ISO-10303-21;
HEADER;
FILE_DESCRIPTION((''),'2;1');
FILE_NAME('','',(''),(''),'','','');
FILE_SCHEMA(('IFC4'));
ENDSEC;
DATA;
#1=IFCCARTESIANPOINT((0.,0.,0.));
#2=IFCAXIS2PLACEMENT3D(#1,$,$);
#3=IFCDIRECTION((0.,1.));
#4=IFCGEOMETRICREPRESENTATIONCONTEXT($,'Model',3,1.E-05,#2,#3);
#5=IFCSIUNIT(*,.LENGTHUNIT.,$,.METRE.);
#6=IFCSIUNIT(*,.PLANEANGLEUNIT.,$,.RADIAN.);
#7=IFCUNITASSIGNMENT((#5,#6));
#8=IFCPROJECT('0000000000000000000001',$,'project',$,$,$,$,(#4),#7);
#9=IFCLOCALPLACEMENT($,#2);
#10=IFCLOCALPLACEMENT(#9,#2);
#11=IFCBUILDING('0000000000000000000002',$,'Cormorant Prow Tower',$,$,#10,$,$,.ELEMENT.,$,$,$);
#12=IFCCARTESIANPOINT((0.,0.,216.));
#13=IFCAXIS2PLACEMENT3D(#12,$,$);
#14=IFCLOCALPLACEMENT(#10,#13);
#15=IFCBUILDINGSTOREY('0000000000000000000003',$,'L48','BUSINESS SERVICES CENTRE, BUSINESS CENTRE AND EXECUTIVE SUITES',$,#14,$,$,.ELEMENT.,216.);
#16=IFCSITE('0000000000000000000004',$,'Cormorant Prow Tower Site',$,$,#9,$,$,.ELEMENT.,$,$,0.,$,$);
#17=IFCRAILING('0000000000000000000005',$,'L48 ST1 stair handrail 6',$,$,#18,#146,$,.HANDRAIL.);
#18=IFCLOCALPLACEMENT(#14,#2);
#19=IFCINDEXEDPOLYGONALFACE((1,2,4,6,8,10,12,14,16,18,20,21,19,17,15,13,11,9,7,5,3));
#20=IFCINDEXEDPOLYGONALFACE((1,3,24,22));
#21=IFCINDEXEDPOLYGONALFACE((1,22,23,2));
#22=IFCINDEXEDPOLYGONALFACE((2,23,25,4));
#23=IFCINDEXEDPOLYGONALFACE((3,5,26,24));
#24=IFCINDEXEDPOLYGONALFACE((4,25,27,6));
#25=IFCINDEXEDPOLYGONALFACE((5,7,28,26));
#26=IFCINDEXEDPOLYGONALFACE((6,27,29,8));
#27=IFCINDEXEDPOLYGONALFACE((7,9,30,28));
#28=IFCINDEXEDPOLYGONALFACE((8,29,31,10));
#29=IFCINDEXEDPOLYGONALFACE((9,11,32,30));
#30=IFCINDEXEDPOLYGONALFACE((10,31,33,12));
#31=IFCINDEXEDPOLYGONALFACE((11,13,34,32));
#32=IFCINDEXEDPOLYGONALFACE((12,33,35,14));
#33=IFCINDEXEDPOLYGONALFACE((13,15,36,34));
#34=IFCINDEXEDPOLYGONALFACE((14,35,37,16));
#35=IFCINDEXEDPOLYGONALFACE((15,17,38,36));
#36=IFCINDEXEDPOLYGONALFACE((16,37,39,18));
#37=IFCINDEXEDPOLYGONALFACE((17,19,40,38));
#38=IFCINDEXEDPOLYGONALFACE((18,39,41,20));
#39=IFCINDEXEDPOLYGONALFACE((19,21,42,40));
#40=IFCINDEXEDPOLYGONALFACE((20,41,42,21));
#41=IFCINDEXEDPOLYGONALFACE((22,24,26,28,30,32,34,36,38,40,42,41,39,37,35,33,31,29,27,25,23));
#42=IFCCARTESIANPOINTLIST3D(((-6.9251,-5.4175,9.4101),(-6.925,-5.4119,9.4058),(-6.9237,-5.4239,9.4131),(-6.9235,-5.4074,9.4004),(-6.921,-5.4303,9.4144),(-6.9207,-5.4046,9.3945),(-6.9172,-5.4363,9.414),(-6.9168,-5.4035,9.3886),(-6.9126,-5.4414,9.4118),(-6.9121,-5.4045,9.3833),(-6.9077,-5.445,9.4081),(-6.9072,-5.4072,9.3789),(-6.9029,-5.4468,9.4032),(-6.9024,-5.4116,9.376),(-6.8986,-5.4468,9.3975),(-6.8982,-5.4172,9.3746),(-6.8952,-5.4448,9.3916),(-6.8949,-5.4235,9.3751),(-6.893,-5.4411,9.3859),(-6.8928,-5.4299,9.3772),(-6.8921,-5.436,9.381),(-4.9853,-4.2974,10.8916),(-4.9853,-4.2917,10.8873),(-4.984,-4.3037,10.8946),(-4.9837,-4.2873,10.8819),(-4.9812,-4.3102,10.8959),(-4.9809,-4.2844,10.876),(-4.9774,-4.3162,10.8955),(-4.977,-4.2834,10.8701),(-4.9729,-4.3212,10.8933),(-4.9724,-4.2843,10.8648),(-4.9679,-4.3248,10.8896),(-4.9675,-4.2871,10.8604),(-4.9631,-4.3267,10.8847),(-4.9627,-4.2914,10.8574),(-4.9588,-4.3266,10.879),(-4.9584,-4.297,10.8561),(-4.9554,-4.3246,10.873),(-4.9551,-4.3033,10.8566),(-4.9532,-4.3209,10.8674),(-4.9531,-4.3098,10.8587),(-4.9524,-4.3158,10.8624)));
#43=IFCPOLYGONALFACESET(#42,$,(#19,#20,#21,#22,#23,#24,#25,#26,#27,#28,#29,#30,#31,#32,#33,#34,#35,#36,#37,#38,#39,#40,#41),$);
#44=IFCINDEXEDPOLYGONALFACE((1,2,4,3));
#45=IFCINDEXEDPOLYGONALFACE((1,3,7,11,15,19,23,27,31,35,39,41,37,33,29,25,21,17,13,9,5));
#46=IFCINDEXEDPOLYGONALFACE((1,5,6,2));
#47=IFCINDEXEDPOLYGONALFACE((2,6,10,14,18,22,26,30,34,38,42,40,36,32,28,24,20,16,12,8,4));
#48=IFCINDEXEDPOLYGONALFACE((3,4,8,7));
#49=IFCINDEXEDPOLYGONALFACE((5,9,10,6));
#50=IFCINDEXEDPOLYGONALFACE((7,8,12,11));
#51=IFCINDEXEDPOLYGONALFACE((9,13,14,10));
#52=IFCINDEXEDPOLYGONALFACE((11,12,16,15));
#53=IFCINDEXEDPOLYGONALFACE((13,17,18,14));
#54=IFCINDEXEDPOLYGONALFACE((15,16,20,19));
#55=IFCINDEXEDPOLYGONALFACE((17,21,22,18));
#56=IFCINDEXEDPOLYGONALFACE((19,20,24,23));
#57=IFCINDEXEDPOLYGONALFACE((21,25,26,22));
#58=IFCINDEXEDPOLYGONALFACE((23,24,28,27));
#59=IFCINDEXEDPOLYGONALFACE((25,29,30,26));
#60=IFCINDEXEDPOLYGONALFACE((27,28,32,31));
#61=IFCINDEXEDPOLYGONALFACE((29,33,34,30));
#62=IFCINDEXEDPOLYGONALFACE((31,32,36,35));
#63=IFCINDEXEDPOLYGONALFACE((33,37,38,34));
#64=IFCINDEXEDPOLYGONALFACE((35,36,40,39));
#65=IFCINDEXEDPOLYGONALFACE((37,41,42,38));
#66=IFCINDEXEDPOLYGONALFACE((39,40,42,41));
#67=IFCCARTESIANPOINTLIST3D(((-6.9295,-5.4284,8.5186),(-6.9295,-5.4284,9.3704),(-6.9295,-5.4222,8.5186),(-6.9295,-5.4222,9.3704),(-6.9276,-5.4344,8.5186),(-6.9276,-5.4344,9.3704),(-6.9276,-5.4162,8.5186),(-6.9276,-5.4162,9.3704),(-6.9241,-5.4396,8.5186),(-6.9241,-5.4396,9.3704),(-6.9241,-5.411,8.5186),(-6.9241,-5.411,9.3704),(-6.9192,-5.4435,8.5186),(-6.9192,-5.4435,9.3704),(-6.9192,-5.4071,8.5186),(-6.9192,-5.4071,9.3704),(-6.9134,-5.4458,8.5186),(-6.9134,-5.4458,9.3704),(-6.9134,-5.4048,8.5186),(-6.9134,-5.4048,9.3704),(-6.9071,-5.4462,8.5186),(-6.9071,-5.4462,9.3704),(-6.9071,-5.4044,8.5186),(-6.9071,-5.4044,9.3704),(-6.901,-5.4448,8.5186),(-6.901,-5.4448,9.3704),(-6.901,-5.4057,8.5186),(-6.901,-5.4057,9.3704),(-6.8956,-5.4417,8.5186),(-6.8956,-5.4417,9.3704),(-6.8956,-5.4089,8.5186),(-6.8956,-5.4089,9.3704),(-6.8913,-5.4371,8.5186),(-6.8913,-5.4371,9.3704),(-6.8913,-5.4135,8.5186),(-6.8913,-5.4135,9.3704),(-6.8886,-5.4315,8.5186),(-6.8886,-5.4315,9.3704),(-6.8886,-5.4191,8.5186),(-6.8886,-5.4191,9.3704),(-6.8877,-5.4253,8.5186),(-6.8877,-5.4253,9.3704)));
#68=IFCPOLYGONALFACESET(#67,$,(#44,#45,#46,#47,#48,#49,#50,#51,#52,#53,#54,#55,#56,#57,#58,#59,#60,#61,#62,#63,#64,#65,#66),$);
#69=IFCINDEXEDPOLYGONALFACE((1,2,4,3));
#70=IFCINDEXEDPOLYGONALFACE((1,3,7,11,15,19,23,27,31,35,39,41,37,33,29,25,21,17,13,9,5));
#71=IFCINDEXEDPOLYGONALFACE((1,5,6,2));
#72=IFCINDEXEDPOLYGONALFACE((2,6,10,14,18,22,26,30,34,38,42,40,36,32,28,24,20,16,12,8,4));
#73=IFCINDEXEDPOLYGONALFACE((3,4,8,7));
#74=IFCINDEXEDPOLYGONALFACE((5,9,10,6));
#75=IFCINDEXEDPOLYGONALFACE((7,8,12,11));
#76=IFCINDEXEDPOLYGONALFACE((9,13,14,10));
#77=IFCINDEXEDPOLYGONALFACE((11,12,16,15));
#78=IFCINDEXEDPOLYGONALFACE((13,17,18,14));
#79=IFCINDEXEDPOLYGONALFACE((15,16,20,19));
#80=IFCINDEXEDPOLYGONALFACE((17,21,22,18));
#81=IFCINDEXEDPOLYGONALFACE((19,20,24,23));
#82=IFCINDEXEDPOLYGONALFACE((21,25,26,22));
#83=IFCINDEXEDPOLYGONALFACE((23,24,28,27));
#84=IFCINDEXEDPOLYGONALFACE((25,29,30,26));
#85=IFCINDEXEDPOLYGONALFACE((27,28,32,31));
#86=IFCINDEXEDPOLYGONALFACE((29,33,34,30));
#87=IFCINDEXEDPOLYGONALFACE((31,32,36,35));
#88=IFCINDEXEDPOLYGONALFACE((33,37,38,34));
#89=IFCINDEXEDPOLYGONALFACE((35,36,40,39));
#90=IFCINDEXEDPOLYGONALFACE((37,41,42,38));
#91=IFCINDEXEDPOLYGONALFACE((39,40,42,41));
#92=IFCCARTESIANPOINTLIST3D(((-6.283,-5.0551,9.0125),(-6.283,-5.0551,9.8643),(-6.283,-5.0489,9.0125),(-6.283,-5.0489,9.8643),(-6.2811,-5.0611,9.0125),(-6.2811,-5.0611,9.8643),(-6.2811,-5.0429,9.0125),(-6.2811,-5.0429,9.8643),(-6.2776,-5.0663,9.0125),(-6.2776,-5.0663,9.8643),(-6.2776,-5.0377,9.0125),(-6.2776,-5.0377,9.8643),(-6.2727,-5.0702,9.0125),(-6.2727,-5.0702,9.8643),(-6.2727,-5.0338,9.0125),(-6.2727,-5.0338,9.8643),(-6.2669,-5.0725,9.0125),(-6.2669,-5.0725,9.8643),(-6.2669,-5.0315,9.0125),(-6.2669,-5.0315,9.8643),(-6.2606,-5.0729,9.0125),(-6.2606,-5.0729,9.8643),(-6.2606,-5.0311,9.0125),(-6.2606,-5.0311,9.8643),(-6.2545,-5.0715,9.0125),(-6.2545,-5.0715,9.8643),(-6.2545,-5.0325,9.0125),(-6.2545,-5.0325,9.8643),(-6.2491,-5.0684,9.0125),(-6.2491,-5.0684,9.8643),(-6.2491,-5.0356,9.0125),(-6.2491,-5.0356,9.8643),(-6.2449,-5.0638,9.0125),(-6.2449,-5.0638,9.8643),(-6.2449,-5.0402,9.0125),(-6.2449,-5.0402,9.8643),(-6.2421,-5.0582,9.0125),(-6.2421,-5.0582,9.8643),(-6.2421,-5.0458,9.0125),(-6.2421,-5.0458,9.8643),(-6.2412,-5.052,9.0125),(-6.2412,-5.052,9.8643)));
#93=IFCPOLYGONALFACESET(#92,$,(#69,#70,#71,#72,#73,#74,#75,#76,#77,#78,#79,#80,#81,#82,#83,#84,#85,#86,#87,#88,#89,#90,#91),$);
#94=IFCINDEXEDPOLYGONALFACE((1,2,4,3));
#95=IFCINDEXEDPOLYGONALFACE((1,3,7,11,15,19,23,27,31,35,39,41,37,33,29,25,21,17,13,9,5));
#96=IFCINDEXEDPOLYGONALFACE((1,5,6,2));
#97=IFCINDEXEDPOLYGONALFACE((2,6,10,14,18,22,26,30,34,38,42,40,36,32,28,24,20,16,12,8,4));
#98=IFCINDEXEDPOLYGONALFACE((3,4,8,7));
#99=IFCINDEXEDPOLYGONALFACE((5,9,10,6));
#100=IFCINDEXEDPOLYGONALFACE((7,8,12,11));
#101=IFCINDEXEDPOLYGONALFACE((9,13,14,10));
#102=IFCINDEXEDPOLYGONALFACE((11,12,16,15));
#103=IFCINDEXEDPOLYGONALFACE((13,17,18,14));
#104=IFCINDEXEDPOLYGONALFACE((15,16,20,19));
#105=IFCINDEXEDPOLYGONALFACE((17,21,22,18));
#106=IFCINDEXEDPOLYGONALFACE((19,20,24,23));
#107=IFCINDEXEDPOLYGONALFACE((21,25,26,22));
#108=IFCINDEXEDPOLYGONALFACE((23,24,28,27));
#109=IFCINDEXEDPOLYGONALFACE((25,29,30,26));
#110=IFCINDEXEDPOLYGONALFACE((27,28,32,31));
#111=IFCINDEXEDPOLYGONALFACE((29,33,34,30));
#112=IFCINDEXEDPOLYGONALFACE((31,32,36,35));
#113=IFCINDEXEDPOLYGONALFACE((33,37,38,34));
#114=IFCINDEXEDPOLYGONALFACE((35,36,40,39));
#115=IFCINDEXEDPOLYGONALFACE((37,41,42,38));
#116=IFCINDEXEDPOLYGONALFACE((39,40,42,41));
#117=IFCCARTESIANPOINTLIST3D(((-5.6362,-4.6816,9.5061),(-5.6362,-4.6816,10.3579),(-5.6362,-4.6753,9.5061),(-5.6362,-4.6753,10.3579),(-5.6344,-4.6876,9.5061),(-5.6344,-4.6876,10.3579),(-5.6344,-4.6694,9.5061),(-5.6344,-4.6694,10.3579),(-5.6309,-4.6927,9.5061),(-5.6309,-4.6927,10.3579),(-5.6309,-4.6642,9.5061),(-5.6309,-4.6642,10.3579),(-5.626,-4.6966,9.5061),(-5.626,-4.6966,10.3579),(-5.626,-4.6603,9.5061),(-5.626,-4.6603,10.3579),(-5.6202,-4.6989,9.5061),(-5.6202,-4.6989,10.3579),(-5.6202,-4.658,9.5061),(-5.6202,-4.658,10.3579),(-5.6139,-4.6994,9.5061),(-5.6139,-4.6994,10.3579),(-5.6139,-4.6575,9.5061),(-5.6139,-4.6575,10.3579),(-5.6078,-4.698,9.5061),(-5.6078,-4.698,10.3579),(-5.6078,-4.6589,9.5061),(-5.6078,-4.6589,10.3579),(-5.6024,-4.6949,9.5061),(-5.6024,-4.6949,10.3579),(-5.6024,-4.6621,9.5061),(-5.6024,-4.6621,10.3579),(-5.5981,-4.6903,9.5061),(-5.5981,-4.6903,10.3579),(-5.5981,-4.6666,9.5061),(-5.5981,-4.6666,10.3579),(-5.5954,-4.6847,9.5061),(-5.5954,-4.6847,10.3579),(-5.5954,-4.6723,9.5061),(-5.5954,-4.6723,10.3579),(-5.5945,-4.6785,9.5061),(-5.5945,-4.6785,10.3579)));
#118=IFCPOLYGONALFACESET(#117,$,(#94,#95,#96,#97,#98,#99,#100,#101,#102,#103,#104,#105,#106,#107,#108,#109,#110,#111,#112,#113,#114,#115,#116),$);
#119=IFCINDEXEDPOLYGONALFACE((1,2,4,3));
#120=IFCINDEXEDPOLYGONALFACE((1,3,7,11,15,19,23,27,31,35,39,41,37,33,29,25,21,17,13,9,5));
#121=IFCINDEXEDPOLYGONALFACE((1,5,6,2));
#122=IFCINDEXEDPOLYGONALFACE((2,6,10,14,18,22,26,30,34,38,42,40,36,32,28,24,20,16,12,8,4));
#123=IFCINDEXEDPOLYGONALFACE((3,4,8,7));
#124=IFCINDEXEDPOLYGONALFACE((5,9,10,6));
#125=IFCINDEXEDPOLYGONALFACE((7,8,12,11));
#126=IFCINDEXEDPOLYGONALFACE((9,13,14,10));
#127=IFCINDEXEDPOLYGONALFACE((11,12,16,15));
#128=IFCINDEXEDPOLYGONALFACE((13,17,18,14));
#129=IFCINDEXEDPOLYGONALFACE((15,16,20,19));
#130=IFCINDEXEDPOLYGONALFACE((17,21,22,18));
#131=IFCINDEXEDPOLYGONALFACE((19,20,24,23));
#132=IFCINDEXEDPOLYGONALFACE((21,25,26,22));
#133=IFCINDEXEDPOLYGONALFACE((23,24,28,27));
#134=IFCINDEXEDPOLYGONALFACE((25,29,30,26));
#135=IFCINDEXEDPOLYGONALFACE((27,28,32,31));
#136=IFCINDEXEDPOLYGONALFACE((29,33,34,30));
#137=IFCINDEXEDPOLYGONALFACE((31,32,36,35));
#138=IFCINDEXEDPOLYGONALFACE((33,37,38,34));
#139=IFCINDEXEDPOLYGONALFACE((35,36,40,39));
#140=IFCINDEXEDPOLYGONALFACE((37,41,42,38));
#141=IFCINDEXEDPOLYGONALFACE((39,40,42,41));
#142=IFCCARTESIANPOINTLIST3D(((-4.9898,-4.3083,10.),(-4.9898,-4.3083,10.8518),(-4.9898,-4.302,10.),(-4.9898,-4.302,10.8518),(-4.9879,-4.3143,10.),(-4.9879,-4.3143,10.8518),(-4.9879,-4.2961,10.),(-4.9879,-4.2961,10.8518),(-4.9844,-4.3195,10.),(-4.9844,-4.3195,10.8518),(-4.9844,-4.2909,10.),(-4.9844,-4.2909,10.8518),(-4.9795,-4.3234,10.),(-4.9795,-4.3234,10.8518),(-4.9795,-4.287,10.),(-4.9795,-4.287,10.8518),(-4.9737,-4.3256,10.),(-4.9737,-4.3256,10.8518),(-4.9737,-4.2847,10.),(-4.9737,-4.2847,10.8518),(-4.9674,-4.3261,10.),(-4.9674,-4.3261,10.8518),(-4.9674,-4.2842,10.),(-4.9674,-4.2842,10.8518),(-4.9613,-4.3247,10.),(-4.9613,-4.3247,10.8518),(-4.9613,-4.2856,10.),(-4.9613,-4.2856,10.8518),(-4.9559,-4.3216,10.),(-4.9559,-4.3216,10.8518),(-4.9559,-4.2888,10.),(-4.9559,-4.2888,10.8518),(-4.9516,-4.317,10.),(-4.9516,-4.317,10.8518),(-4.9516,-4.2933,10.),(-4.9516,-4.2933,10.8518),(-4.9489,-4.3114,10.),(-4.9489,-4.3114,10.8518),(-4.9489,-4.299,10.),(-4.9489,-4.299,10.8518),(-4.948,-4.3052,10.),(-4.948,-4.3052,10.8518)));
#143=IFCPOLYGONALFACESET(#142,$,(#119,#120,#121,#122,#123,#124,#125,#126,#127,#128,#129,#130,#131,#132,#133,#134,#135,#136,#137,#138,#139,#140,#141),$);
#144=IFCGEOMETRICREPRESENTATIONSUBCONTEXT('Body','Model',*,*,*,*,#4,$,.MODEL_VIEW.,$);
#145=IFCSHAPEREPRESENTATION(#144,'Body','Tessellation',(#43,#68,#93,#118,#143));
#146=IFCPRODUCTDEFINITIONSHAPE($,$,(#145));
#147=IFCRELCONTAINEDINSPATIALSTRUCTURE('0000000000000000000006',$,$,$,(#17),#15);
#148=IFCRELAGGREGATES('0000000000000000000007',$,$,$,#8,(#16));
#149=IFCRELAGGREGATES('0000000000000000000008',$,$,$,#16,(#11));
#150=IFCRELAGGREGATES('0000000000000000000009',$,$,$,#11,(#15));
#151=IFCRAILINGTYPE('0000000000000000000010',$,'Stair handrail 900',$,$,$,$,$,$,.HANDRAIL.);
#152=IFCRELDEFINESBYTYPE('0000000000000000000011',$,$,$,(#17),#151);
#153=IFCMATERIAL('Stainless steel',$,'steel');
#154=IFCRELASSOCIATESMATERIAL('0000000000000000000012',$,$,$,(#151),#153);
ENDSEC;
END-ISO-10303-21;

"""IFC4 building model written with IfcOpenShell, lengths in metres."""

from ifc_helpers import new_model, si_unit, direction, frame, origin, origin_2d, place, context, subcontext, project, spatial, circle, extrude, material, type_object, element, save


model = new_model("IFC4")

# Units and contexts
model_context = context("Model", 3, precision=1e-05, world=origin(), true_north=direction((0.0, 1.0)))
body_context = subcontext(model_context, "Body", "Model", "MODEL_VIEW")
ifc_project = project(units=[si_unit("LENGTHUNIT", "METRE"), si_unit("PLANEANGLEUNIT", "RADIAN")], contexts=[model_context])

# Site, building, storey
site_placement = place(None, origin())
site = spatial("IfcSite", under=ifc_project, at=site_placement, Name="Cormorant Prow Tower Site", CompositionType="ELEMENT", RefElevation=0.0)
building_placement = place(site_placement, origin())
building = spatial("IfcBuilding", under=site, at=building_placement, Name="Cormorant Prow Tower", CompositionType="ELEMENT")
storey_placement = place(building_placement, frame((0.0, 0.0, 216.0)))
storey = spatial("IfcBuildingStorey", under=building, at=storey_placement, Name="L48", Description="BUSINESS SERVICES CENTRE, BUSINESS CENTRE AND EXECUTIVE SUITES", CompositionType="ELEMENT", Elevation=216.0)

# Railing
ifc_material_1 = material(Name="Stainless steel", Category="steel")
railing_type_1 = type_object("IfcRailingType", Name="Stair handrail 900", PredefinedType="HANDRAIL", material=ifc_material_1)
railing_1_placement = place(storey_placement, frame((-6.9087, -5.4253, 8.5186)))
element("IfcRailing", 1, at=railing_1_placement, inside=storey, type_object=railing_type_1, Name="L48 ST1 stair handrail 6", PredefinedType="HANDRAIL", context=body_context, shape_type="SweptSolid", body=[
    extrude(circle(Radius=0.0239, at=origin_2d()), frame((0.0, 0.0, 0.876), z_axis=(0.722292, 0.417102, 0.551651), x_axis=(-0.500078, 0.86598, 0.0)), (0.0, 0.0, 1.0), 2.6855),
    extrude(circle(Radius=0.021, at=origin_2d()), origin(), (0.0, 0.0, 1.0), 0.8518),
    extrude(circle(Radius=0.021, at=origin_2d()), frame((0.6465, 0.3733, 0.4939)), (0.0, 0.0, 1.0), 0.8518),
    extrude(circle(Radius=0.021, at=origin_2d()), frame((1.2932, 0.7468, 0.9875)), (0.0, 0.0, 1.0), 0.8518),
    extrude(circle(Radius=0.021, at=origin_2d()), frame((1.9397, 1.1201, 1.4814)), (0.0, 0.0, 1.0), 0.8518),
])

save(model, "model.ifc")
